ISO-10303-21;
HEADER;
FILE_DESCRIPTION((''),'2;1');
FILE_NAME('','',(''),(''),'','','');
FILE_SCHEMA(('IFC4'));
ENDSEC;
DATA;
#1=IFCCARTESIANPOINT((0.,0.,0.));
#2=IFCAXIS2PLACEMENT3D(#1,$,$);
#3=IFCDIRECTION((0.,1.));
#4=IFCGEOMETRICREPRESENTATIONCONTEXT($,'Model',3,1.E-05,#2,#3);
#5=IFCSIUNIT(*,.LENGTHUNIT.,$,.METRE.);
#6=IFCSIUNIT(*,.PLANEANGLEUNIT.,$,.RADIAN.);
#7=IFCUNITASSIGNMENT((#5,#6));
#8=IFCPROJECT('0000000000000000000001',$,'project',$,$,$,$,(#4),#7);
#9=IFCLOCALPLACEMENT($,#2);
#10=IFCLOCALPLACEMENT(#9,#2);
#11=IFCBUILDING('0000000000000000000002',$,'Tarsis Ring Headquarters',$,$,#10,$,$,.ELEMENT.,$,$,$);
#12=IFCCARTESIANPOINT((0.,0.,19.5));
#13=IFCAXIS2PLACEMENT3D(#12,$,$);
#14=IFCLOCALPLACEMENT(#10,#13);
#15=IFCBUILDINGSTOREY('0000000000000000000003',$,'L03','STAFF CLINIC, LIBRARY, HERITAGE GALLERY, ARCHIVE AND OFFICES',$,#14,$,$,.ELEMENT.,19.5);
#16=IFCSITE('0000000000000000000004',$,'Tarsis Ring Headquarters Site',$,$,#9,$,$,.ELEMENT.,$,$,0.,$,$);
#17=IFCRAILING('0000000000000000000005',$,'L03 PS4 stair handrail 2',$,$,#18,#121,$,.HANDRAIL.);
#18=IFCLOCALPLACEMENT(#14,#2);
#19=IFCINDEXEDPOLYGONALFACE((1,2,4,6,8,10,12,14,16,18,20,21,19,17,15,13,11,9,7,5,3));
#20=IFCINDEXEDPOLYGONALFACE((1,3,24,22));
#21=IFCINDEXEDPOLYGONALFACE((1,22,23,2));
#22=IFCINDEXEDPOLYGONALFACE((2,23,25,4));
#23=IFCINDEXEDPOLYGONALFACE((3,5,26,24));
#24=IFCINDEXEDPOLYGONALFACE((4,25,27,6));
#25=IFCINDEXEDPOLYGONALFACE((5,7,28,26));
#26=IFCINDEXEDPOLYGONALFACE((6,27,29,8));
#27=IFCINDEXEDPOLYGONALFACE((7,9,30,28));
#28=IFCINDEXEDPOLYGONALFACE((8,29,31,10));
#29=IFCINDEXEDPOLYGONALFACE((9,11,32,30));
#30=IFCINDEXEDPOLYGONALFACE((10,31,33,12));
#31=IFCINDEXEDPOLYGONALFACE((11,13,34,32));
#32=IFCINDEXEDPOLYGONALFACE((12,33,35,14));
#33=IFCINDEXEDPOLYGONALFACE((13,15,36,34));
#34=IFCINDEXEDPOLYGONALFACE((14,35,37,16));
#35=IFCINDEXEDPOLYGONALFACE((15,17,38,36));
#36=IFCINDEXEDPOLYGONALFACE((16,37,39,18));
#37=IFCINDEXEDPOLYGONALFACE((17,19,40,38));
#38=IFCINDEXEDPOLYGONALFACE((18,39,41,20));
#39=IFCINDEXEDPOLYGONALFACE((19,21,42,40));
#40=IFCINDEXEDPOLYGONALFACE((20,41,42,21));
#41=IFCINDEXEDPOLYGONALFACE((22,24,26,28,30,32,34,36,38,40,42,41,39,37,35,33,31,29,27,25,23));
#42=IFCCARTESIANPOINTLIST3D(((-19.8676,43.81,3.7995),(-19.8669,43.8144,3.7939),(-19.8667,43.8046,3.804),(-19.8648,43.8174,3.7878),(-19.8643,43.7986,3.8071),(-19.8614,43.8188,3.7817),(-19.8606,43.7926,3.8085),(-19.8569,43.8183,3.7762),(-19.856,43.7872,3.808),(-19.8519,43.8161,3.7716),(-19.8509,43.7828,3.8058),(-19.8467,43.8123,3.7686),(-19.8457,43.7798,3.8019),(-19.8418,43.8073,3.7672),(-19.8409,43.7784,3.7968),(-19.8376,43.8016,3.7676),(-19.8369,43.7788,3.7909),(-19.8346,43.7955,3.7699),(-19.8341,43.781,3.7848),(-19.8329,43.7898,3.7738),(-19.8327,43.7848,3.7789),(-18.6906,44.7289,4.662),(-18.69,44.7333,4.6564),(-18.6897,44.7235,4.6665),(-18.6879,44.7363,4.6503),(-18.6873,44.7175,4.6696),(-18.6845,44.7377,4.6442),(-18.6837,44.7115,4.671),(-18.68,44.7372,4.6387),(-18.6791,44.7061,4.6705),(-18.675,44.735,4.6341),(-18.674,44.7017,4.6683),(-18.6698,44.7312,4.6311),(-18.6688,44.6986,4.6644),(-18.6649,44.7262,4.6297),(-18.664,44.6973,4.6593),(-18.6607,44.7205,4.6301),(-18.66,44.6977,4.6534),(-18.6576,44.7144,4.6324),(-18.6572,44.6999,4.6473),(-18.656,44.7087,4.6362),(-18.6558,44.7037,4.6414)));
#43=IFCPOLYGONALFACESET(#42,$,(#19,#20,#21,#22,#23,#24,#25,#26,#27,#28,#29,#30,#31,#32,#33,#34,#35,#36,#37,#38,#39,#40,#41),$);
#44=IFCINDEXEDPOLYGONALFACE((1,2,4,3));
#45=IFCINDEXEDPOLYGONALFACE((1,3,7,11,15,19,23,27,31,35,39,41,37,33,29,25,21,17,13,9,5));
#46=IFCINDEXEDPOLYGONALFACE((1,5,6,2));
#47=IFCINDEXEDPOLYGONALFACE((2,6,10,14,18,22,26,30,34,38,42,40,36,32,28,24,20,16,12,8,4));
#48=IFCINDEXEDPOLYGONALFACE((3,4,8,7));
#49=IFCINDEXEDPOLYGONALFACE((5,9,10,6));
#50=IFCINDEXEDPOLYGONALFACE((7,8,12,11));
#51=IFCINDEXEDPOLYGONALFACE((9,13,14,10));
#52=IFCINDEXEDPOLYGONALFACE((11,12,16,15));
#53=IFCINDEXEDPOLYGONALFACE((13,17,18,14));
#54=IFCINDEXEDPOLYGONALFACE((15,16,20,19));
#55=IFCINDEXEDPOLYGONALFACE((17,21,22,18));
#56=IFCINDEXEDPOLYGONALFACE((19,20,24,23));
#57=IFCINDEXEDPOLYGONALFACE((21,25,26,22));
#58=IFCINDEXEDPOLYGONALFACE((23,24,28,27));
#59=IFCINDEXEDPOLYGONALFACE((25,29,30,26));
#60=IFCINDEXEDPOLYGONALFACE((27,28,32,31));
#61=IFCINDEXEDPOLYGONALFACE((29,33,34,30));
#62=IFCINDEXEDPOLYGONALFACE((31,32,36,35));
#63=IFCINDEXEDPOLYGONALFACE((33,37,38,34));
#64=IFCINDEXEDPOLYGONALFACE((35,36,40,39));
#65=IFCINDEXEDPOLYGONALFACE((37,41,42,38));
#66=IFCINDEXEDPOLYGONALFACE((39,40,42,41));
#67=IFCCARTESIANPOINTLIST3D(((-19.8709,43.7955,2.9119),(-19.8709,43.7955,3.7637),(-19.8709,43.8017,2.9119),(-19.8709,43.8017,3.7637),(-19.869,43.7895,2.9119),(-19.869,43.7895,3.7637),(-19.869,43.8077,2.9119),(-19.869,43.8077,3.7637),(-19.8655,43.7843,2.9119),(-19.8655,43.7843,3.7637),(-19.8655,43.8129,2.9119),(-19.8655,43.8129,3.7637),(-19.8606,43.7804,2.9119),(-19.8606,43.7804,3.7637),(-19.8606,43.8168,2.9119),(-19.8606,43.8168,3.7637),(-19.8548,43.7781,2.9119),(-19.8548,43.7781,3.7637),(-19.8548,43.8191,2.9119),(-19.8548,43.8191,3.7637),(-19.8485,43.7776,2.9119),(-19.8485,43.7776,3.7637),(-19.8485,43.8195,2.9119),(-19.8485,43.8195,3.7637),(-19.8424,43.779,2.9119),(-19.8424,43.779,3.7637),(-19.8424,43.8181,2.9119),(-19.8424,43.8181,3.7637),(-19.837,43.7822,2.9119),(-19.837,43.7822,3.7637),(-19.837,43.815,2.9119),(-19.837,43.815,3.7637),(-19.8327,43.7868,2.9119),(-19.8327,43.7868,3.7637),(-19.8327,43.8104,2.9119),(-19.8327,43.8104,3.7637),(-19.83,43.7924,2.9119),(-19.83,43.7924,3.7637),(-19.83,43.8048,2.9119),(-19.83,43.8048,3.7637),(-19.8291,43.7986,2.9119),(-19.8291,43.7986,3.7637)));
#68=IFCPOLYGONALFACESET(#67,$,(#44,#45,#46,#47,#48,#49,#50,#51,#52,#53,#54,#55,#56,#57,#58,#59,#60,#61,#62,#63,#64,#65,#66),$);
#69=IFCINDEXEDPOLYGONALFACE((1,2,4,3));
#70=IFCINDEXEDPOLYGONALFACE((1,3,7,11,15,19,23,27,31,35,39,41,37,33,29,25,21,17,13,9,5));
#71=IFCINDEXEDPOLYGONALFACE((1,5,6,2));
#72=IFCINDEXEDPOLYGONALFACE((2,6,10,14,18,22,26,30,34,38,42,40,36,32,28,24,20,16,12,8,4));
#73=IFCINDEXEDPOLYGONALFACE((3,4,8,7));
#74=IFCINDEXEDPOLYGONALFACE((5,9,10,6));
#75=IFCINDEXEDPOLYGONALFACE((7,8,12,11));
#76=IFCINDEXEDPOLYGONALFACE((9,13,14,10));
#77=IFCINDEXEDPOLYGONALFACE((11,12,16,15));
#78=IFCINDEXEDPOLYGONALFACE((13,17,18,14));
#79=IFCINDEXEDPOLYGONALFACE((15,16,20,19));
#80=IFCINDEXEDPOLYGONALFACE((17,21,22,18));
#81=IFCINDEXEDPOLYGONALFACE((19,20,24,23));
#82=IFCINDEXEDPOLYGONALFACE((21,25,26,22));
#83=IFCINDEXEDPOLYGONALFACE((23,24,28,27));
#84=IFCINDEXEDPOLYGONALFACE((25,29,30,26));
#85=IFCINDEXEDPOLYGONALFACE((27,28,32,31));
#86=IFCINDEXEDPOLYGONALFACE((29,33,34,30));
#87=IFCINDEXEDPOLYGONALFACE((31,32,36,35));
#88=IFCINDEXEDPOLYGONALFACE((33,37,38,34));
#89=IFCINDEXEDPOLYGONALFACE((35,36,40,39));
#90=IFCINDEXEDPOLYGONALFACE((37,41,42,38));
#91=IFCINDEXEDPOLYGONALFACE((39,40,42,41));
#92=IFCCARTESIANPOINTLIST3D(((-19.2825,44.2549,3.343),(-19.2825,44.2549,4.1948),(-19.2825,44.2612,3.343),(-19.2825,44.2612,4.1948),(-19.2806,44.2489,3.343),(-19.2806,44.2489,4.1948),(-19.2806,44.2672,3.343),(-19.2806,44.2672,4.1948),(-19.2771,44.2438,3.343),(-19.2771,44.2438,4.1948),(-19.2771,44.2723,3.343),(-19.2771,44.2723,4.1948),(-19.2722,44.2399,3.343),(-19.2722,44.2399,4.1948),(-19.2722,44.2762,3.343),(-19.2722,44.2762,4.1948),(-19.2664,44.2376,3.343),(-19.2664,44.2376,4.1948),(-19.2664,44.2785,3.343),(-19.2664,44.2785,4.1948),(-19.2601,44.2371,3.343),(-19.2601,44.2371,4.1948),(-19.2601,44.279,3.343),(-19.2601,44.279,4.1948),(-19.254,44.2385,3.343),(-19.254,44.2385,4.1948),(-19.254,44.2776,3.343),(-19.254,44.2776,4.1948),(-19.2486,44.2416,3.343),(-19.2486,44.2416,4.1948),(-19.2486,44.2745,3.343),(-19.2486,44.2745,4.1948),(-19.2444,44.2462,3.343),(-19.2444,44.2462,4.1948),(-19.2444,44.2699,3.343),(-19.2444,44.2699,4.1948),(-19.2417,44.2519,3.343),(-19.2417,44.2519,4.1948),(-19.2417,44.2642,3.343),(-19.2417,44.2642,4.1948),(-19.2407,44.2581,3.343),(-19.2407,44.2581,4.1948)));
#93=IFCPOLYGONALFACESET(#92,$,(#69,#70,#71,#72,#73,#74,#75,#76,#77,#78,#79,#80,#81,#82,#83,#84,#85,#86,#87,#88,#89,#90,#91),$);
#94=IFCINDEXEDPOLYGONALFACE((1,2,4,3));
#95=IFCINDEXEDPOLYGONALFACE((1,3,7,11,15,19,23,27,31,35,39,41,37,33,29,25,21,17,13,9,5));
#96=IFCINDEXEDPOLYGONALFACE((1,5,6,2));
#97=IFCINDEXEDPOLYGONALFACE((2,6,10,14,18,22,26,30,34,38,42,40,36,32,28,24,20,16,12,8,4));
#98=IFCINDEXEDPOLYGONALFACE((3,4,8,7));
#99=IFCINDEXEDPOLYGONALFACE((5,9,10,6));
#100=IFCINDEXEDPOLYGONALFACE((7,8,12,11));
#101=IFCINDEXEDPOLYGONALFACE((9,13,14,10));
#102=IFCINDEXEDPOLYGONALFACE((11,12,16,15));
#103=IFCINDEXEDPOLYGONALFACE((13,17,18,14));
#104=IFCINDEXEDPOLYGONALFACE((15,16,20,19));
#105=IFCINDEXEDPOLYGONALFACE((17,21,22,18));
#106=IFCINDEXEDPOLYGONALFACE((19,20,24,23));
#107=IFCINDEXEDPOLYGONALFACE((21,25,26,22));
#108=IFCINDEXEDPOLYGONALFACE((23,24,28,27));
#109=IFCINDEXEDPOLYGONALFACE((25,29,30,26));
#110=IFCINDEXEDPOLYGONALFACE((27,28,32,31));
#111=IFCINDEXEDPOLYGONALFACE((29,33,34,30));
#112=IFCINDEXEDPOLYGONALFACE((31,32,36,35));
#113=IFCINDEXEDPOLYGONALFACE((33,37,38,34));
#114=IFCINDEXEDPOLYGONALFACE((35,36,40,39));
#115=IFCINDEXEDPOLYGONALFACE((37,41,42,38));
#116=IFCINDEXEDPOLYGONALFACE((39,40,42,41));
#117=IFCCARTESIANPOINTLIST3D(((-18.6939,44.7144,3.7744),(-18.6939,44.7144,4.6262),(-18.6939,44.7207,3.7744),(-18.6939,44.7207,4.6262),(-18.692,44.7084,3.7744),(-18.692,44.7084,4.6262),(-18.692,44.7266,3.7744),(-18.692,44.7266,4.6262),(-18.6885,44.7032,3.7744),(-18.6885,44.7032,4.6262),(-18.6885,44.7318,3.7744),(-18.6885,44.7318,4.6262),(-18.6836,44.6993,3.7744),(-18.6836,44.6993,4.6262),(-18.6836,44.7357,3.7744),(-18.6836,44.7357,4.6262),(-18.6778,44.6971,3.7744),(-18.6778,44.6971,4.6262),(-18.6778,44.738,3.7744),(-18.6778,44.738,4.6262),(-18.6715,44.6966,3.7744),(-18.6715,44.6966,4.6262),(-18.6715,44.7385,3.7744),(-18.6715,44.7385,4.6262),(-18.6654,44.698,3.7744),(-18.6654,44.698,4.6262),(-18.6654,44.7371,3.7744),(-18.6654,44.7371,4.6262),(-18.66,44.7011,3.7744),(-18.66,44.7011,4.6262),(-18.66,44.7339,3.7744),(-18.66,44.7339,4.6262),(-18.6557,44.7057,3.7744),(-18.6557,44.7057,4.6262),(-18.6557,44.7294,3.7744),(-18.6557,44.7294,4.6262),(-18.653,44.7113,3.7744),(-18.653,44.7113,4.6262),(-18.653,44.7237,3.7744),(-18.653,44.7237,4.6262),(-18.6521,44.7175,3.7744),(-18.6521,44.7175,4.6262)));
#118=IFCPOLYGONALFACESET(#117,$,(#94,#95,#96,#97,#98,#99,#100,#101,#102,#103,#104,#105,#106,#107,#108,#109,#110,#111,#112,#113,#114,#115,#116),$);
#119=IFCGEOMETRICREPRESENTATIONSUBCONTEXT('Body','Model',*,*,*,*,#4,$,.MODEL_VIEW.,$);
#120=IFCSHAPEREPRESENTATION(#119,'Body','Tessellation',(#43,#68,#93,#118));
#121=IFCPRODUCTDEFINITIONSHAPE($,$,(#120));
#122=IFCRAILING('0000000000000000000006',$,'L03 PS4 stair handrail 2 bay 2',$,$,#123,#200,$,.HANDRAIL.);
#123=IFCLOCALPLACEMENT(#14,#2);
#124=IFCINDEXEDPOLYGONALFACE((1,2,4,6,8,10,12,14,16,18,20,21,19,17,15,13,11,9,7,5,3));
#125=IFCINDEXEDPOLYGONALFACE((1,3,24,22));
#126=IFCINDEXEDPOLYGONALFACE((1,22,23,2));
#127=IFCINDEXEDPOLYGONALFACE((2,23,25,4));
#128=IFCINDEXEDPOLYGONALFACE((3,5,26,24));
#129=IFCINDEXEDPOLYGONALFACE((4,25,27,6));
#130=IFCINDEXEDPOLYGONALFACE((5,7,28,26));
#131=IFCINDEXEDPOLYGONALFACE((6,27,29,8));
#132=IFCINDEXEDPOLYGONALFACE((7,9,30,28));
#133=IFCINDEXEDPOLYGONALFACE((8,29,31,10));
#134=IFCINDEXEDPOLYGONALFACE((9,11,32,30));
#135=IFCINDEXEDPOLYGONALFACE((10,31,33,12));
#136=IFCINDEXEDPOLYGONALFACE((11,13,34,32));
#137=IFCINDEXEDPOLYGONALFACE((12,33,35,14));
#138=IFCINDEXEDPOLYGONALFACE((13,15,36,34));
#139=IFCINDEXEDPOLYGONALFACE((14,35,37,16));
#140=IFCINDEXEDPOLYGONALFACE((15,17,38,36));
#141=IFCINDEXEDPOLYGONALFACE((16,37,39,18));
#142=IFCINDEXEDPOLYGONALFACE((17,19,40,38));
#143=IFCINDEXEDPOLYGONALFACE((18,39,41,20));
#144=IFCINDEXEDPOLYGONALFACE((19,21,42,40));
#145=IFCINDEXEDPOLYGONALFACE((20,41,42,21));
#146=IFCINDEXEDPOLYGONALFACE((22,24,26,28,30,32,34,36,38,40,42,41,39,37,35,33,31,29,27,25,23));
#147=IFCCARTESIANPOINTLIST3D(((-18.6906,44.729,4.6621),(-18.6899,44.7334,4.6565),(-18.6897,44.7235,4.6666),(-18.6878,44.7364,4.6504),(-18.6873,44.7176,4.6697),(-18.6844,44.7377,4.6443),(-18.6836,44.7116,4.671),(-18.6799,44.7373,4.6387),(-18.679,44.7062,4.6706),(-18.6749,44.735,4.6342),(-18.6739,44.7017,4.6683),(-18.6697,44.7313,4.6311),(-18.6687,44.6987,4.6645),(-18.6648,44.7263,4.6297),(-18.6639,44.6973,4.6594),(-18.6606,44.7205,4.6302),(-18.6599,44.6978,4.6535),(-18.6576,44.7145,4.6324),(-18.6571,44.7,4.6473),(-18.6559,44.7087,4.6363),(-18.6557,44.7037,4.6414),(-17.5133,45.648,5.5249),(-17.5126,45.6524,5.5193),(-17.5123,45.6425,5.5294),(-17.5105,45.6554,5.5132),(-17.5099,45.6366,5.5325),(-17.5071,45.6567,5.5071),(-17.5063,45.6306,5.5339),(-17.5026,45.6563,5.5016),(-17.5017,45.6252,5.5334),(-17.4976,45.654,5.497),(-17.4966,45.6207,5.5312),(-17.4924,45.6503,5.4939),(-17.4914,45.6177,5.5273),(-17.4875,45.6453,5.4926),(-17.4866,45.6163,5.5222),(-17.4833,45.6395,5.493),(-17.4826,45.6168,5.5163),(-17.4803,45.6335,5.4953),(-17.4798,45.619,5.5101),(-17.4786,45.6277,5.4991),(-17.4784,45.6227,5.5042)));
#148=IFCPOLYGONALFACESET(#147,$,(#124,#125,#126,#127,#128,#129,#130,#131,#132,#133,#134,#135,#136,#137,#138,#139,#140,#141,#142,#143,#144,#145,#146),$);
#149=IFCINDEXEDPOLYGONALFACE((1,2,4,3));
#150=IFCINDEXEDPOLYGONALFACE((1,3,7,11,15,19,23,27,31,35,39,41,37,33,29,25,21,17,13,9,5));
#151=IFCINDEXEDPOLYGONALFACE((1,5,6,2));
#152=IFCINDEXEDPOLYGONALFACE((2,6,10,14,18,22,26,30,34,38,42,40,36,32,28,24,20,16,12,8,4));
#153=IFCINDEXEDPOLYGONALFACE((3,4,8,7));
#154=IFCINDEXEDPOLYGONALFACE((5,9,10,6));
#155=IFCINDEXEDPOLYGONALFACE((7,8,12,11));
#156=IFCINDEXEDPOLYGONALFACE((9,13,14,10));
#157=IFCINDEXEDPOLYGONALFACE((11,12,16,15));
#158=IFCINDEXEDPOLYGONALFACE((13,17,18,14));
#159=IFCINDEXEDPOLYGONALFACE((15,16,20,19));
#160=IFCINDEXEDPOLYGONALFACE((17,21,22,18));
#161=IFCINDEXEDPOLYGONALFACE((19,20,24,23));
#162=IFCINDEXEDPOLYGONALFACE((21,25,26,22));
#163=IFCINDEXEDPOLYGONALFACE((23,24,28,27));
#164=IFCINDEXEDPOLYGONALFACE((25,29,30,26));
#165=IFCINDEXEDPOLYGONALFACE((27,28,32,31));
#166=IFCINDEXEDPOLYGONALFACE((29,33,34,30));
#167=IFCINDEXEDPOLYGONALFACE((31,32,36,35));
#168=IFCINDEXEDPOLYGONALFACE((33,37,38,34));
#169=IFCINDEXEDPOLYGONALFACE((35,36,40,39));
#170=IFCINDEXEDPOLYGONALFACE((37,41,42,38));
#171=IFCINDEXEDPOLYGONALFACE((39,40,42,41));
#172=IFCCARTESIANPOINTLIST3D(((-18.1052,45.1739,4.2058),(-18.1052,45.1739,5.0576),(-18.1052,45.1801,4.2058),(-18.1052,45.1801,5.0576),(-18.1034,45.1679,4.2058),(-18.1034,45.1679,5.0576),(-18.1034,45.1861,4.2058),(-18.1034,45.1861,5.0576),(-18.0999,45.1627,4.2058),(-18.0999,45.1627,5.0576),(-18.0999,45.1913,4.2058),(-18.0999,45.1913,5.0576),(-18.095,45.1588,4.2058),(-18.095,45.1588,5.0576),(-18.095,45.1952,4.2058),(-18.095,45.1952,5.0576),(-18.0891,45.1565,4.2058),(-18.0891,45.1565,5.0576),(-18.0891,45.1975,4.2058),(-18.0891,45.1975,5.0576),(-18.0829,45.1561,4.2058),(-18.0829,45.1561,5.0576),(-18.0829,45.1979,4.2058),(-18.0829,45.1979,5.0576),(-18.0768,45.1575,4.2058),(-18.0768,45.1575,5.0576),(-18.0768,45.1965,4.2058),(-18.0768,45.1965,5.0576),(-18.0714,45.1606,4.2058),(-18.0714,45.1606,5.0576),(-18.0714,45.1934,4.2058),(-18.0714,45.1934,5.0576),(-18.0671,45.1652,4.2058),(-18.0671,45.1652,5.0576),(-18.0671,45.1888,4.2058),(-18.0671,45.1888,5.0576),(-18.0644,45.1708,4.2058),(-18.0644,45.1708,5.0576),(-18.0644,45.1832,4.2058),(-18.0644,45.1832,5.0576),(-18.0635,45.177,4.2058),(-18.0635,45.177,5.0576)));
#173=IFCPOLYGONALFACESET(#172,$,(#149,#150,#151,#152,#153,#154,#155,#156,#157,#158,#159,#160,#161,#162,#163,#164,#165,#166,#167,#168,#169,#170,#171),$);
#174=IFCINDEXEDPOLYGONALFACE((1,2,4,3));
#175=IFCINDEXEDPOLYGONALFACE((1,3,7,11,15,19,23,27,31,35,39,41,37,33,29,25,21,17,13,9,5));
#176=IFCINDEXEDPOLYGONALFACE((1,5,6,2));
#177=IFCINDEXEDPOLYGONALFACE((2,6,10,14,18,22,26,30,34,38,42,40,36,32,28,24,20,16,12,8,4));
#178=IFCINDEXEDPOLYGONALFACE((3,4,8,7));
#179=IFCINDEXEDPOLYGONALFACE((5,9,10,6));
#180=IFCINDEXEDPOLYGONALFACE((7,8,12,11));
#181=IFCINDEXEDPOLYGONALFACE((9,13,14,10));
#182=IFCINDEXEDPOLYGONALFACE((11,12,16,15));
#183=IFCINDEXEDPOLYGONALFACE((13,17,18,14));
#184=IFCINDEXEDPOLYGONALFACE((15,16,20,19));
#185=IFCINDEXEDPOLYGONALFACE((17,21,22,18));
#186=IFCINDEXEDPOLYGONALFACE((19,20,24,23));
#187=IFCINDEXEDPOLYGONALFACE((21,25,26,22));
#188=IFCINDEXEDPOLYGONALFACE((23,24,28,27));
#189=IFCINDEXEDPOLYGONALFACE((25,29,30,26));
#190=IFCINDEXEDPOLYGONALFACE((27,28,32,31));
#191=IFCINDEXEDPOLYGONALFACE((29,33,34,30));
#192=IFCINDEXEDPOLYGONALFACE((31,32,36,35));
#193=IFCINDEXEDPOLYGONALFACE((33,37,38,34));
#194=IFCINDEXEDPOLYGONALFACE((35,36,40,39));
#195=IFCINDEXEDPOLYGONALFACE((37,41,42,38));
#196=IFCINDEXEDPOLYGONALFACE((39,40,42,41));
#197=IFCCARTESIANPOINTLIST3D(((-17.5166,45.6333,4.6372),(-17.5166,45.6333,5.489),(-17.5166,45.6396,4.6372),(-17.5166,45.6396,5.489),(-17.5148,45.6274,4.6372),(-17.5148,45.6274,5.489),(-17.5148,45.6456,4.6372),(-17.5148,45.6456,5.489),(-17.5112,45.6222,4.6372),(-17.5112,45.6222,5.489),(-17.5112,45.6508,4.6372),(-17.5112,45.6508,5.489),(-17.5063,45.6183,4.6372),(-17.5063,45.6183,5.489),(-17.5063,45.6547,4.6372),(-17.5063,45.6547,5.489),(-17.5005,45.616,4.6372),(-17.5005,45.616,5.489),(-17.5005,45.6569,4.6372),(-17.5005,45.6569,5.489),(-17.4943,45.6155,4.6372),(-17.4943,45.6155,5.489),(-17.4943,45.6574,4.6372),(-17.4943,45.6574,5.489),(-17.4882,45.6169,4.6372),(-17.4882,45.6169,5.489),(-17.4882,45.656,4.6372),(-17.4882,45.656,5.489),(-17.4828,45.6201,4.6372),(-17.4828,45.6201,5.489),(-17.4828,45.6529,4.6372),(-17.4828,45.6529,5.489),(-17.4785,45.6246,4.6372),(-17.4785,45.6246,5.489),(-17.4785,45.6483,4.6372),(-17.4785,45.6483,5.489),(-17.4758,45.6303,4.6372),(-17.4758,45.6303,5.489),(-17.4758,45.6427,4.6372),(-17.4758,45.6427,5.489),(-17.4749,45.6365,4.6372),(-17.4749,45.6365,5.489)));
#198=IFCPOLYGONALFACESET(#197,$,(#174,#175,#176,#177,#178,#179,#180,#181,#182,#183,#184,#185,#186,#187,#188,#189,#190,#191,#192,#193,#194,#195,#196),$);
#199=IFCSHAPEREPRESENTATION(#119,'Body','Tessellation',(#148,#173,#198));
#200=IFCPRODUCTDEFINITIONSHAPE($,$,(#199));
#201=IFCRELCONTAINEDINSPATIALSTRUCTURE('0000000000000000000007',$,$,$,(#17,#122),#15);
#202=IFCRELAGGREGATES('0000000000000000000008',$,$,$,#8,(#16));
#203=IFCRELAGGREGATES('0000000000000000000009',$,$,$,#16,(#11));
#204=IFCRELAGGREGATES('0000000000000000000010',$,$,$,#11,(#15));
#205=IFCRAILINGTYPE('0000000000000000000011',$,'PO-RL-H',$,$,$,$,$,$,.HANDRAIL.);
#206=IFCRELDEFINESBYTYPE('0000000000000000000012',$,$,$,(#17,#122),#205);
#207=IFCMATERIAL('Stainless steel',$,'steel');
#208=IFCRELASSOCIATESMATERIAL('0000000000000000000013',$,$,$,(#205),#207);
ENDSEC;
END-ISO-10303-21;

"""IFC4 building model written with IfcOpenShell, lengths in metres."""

from ifc_helpers import new_model, si_unit, direction, frame, origin, origin_2d, place, context, subcontext, project, spatial, circle, extrude, material, type_object, element, save


model = new_model("IFC4")

# Units and contexts
model_context = context("Model", 3, precision=1e-05, world=origin(), true_north=direction((0.0, 1.0)))
body_context = subcontext(model_context, "Body", "Model", "MODEL_VIEW")
ifc_project = project(units=[si_unit("LENGTHUNIT", "METRE"), si_unit("PLANEANGLEUNIT", "RADIAN")], contexts=[model_context])

# Site, building, storey
site_placement = place(None, origin())
site = spatial("IfcSite", under=ifc_project, at=site_placement, Name="Tarsis Ring Headquarters Site", CompositionType="ELEMENT", RefElevation=0.0)
building_placement = place(site_placement, origin())
building = spatial("IfcBuilding", under=site, at=building_placement, Name="Tarsis Ring Headquarters", CompositionType="ELEMENT")
storey_placement = place(building_placement, frame((0.0, 0.0, 19.5)))
storey = spatial("IfcBuildingStorey", under=building, at=storey_placement, Name="L03", Description="STAFF CLINIC, LIBRARY, HERITAGE GALLERY, ARCHIVE AND OFFICES", CompositionType="ELEMENT", Elevation=19.5)

# Railings
ifc_material_1 = material(Name="Stainless steel", Category="steel")
railing_type_1 = type_object("IfcRailingType", Name="PO-RL-H", PredefinedType="HANDRAIL", material=ifc_material_1)
railing_1_placement = place(storey_placement, frame((-19.8501, 43.7986, 2.9119)))
element("IfcRailing", 1, at=railing_1_placement, inside=storey, type_object=railing_type_1, Name="L03 PS4 stair handrail 2", PredefinedType="HANDRAIL", context=body_context, shape_type="SweptSolid", body=[
    extrude(circle(Radius=0.0239, at=origin_2d()), frame((0.0, 0.0, 0.876), z_axis=(0.682531, 0.532887, 0.500183), x_axis=(-0.6154, 0.788215, 0.0)), (0.0, 0.0, 1.0), 1.7244),
    extrude(circle(Radius=0.021, at=origin_2d()), origin(), (0.0, 0.0, 1.0), 0.8518),
    extrude(circle(Radius=0.021, at=origin_2d()), frame((0.5884, 0.4595, 0.4312)), (0.0, 0.0, 1.0), 0.8518),
    extrude(circle(Radius=0.021, at=origin_2d()), frame((1.177, 0.9189, 0.8625)), (0.0, 0.0, 1.0), 0.8518),
])
railing_2_placement = place(storey_placement, frame((-18.6731, 44.7175, 3.7744)))
element("IfcRailing", 2, at=railing_2_placement, inside=storey, type_object=railing_type_1, Name="L03 PS4 stair handrail 2 bay 2", PredefinedType="HANDRAIL", context=body_context, shape_type="SweptSolid", body=[
    extrude(circle(Radius=0.0239, at=origin_2d()), frame((0.0, 0.0, 0.876), z_axis=(0.682558, 0.532798, 0.500241), x_axis=(-0.61532, 0.788277, 0.0)), (0.0, 0.0, 1.0), 1.7249),
    extrude(circle(Radius=0.021, at=origin_2d()), frame((0.5886, 0.4595, 0.4314)), (0.0, 0.0, 1.0), 0.8518),
    extrude(circle(Radius=0.021, at=origin_2d()), frame((1.1772, 0.9189, 0.8628)), (0.0, 0.0, 1.0), 0.8518),
])

save(model, "model.ifc")
